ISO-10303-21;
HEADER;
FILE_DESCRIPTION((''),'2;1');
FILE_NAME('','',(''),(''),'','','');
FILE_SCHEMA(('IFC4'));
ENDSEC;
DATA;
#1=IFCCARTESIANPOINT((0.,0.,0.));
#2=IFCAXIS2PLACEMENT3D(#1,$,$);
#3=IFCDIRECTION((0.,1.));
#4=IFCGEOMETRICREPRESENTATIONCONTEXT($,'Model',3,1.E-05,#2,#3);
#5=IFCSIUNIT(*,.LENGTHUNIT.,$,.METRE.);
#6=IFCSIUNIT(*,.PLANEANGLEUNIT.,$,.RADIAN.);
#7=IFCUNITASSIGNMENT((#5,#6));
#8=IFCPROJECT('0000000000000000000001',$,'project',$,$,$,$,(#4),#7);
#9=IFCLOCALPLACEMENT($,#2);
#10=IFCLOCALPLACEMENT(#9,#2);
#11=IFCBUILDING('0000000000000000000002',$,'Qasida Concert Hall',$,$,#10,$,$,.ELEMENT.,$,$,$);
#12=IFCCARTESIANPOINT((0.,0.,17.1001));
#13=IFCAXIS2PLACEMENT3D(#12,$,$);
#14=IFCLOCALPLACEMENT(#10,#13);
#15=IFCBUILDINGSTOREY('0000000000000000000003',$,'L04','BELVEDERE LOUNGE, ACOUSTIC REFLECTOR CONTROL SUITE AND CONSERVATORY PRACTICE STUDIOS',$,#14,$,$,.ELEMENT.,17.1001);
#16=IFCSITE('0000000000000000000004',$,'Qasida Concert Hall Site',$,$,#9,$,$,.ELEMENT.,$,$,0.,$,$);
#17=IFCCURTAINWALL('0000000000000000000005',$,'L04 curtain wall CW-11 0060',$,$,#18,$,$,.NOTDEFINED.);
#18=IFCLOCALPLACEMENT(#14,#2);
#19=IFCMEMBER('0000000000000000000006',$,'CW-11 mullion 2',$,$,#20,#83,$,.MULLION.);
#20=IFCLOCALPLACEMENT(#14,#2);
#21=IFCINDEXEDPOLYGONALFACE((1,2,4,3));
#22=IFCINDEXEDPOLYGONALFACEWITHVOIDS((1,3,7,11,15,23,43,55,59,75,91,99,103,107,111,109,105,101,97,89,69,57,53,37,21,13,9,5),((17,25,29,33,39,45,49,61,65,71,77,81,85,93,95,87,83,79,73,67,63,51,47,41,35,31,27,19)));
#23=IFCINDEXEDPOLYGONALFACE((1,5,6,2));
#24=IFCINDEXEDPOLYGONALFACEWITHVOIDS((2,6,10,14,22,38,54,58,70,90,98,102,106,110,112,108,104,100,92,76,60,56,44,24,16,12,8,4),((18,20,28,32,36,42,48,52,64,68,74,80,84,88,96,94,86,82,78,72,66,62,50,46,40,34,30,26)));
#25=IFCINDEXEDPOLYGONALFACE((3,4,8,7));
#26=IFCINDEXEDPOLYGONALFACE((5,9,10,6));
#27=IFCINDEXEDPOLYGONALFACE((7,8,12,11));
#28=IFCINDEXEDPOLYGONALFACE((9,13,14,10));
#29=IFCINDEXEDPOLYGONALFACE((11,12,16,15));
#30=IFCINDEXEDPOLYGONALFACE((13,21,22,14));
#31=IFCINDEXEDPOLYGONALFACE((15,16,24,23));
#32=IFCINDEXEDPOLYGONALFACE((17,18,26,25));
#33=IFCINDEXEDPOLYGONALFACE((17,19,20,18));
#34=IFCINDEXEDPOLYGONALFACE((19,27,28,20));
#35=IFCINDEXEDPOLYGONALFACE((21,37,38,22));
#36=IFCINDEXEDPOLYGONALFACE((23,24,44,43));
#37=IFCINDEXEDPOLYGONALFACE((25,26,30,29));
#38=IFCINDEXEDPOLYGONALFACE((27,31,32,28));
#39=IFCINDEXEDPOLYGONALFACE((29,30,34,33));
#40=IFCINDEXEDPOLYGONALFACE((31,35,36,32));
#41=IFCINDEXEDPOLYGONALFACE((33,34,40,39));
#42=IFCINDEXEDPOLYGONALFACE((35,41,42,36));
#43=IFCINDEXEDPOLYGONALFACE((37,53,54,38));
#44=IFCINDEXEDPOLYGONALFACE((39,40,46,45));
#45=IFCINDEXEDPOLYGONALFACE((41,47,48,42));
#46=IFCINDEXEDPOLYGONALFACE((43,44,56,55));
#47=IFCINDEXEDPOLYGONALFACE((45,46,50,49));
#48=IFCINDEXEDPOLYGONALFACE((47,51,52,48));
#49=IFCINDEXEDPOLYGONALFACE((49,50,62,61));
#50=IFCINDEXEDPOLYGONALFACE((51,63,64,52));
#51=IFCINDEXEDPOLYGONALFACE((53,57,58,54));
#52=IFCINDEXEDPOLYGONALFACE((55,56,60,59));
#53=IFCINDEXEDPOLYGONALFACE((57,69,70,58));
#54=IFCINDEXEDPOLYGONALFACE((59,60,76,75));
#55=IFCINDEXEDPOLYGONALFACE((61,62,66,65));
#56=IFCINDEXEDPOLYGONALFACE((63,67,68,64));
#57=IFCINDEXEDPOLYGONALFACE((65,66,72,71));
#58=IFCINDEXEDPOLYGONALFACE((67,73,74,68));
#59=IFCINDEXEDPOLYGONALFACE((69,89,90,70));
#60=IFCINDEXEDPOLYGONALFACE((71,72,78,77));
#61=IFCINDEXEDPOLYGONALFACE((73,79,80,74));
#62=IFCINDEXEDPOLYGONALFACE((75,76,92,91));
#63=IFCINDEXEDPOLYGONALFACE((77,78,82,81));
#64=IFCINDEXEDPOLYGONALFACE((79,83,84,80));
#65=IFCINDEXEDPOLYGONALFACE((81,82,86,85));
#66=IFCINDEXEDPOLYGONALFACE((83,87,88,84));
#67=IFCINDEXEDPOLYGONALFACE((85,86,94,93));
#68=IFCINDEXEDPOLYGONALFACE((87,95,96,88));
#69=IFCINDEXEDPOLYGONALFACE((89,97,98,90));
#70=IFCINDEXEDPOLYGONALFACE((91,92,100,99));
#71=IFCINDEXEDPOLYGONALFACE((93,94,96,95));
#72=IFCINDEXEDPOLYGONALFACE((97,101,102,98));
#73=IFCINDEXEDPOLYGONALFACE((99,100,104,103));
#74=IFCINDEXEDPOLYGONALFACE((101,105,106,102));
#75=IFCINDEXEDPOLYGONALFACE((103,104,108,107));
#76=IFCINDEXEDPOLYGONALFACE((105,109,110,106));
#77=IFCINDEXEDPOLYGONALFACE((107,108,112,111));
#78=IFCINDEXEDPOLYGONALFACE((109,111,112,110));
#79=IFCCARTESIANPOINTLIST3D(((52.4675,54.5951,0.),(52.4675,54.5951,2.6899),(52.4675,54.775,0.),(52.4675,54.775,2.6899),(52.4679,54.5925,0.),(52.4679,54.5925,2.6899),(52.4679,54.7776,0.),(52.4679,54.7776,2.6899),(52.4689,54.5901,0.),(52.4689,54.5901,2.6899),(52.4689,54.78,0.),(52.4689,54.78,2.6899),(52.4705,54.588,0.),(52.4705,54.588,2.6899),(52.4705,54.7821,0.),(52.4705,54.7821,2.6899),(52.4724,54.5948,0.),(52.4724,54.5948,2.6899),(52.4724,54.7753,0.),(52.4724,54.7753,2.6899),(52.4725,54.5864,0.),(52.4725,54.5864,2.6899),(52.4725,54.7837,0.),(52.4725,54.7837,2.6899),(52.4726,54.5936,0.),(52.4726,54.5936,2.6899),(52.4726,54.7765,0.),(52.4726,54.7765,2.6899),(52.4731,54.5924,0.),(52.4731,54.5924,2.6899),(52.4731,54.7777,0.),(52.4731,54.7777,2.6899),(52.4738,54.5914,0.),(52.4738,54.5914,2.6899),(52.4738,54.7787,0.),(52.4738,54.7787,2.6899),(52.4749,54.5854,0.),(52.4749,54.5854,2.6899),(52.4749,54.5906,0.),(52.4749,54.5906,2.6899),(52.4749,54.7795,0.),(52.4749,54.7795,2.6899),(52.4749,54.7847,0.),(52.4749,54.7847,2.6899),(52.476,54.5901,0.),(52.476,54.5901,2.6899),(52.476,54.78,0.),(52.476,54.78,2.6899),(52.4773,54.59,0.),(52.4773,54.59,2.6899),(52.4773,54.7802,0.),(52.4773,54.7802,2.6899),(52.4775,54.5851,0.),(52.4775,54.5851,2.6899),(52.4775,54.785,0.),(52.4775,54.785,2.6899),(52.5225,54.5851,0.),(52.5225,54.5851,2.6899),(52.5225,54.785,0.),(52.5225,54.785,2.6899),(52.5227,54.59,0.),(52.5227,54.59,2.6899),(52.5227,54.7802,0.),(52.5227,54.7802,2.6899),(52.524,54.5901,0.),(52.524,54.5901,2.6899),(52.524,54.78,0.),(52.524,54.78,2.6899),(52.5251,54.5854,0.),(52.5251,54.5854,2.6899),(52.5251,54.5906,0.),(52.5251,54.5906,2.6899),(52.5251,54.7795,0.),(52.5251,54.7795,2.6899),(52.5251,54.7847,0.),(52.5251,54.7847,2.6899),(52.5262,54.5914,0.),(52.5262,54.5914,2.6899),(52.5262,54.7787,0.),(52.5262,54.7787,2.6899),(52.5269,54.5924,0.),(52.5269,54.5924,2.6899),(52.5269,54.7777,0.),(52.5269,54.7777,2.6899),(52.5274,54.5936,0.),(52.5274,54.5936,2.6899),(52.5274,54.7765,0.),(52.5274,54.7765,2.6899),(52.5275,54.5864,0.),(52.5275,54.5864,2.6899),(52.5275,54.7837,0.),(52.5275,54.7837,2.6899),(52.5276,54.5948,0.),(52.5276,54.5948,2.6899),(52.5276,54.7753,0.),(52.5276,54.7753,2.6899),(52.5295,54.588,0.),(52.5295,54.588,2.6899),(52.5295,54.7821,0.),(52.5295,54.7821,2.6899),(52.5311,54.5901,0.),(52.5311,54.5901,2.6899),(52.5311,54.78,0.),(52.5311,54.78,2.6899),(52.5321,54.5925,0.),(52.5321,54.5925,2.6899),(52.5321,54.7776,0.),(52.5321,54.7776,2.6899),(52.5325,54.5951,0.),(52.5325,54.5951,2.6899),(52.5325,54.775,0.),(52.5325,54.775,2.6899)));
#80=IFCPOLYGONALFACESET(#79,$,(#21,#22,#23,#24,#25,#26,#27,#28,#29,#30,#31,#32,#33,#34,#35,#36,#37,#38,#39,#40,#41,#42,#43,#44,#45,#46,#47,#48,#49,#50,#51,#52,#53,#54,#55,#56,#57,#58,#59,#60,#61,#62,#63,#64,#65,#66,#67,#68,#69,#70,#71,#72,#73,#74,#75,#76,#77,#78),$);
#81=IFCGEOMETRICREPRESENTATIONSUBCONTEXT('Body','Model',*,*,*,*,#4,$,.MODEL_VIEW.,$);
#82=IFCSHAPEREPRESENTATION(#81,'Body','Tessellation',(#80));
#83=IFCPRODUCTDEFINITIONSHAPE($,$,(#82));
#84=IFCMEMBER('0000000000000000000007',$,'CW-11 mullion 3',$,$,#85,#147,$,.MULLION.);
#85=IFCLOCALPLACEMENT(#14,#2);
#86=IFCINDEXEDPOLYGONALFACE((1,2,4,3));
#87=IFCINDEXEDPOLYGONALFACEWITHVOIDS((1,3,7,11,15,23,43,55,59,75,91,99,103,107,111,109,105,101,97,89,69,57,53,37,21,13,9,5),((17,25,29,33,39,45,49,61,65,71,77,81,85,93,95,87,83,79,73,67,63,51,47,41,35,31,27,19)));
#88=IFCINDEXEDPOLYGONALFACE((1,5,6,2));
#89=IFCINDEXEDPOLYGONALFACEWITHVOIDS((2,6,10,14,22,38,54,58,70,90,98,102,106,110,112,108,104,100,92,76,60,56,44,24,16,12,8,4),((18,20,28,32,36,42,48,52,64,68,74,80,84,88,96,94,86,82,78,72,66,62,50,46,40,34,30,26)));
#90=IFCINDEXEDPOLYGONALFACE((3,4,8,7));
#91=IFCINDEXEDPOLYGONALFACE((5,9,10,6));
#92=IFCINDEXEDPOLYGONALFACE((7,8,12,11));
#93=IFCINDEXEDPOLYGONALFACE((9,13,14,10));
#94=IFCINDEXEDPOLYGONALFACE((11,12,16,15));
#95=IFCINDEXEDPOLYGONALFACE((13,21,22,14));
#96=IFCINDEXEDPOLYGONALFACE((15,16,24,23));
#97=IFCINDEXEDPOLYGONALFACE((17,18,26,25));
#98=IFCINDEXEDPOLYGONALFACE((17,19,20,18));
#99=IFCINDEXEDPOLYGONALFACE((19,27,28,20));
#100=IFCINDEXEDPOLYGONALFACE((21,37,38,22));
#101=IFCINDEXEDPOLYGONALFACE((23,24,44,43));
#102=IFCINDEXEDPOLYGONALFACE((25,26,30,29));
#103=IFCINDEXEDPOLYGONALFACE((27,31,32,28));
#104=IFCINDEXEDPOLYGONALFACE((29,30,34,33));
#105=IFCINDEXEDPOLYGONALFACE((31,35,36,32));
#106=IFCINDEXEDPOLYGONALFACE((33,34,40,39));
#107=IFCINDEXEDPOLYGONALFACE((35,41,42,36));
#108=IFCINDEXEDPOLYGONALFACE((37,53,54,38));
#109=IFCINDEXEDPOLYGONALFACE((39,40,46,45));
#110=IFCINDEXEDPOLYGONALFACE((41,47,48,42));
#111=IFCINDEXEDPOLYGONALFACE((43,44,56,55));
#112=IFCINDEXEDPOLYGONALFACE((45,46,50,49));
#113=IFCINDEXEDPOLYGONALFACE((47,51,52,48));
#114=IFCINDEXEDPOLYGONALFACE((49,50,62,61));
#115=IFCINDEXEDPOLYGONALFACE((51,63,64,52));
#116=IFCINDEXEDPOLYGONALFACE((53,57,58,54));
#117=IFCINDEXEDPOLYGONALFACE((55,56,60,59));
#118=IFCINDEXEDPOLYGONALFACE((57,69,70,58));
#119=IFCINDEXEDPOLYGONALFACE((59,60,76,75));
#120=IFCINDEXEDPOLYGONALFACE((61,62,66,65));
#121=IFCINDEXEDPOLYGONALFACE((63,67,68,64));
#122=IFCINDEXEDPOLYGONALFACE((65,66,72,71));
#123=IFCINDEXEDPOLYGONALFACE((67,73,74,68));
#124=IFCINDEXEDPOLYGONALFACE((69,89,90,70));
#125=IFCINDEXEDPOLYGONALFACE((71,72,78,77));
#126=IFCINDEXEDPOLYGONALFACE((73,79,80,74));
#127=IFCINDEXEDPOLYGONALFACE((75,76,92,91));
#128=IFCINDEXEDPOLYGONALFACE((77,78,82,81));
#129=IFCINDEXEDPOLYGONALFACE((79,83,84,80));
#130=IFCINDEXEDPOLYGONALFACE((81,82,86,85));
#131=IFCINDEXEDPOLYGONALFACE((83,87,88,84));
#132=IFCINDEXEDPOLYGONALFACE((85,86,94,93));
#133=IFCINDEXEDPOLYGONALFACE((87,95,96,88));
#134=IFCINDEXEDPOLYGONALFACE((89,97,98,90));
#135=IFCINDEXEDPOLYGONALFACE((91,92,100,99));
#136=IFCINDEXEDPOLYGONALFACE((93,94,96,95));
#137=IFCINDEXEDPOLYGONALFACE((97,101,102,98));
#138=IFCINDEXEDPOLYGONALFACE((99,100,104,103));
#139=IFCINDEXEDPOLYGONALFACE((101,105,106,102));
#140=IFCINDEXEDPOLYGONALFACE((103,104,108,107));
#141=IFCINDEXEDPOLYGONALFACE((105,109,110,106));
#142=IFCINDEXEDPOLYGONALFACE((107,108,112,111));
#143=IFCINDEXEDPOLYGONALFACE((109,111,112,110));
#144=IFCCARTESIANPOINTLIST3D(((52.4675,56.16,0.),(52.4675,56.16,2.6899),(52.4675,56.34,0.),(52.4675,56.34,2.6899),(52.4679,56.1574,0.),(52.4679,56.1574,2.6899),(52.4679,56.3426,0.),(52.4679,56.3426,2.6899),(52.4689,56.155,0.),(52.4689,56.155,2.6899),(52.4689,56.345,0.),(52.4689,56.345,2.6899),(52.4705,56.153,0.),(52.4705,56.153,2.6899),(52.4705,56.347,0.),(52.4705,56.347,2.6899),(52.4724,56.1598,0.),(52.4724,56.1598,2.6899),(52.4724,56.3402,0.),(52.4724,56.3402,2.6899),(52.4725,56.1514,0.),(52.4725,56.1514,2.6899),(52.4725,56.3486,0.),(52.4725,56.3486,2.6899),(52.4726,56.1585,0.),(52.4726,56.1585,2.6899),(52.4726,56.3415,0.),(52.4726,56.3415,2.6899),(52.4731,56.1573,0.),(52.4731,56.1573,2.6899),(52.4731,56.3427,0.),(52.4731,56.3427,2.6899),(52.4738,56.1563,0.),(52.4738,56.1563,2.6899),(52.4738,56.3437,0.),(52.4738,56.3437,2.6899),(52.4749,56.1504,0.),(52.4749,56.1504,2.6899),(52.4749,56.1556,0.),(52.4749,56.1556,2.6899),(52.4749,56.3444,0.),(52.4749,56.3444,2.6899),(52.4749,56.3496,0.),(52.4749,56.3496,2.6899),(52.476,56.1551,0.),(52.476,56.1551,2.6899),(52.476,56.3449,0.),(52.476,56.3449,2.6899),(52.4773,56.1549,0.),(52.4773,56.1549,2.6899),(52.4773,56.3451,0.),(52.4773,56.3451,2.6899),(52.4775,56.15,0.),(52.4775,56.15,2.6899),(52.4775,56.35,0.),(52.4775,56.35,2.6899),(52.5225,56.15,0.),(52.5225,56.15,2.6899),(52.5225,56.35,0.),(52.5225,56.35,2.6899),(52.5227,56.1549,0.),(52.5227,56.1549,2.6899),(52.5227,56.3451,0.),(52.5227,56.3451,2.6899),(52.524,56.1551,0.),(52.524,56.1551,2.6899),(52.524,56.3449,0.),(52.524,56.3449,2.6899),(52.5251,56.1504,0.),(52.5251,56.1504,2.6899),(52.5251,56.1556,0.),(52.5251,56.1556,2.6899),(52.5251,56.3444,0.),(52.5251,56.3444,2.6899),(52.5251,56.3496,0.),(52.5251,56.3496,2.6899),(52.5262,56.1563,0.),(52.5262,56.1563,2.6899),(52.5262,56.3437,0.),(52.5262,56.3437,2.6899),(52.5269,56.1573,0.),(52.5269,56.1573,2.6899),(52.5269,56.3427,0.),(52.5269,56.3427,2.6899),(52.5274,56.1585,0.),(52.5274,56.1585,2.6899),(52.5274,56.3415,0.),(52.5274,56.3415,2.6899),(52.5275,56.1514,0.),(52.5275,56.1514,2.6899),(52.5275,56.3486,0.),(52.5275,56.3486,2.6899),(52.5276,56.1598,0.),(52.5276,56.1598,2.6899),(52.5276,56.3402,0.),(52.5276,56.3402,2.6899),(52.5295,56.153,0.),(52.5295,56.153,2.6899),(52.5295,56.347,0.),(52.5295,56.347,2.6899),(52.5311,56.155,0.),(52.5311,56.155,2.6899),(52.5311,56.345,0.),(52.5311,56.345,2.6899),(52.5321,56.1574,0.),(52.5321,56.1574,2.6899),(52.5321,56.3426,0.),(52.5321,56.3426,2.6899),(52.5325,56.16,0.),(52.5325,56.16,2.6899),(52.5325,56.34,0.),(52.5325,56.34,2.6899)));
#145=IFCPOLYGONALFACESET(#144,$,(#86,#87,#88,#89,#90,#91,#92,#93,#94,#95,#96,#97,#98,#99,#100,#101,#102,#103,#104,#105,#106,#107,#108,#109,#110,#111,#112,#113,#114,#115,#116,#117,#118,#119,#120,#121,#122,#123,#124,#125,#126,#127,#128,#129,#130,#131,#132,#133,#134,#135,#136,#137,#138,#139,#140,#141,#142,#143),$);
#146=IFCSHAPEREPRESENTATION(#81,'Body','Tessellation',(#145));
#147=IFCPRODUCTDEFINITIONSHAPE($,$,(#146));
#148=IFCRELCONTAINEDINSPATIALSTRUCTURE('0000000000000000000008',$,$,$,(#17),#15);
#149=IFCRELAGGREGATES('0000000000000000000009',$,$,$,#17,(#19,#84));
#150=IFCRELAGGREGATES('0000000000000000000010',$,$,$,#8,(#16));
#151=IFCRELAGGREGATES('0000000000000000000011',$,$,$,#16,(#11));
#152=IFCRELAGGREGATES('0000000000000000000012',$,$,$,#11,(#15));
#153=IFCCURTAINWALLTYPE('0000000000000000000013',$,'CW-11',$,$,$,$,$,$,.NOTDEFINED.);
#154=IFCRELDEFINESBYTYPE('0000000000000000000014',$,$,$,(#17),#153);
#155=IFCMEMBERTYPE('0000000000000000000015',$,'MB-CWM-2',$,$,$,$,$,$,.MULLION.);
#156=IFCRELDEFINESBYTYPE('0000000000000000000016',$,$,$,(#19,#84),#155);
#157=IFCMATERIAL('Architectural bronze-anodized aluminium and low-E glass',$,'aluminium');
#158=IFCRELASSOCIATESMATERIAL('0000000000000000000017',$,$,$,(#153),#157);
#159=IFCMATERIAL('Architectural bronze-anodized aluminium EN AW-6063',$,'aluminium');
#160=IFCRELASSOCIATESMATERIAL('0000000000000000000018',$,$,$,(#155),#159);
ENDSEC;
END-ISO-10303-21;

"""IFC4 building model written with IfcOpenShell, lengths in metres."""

from ifc_helpers import new_model, si_unit, direction, frame, origin, origin_2d, place, context, subcontext, project, spatial, hollow_rectangle, extrude, material, material_profile, profile_set, type_object, element, aggregate, save


model = new_model("IFC4")

# Units and contexts
model_context = context("Model", 3, precision=1e-05, world=origin(), true_north=direction((0.0, 1.0)))
body_context = subcontext(model_context, "Body", "Model", "MODEL_VIEW")
ifc_project = project(units=[si_unit("LENGTHUNIT", "METRE"), si_unit("PLANEANGLEUNIT", "RADIAN")], contexts=[model_context])

# Site, building, storey
site_placement = place(None, origin())
site = spatial("IfcSite", under=ifc_project, at=site_placement, Name="Qasida Concert Hall Site", CompositionType="ELEMENT", RefElevation=0.0)
building_placement = place(site_placement, origin())
building = spatial("IfcBuilding", under=site, at=building_placement, Name="Qasida Concert Hall", CompositionType="ELEMENT")
storey_placement = place(building_placement, frame((0.0, 0.0, 17.1001)))
storey = spatial("IfcBuildingStorey", under=building, at=storey_placement, Name="L04", Description="BELVEDERE LOUNGE, ACOUSTIC REFLECTOR CONTROL SUITE AND CONSERVATORY PRACTICE STUDIOS", CompositionType="ELEMENT", Elevation=17.1001)

# Curtain wall, members
ifc_material_1 = material(Name="Architectural bronze-anodized aluminium and low-E glass", Category="aluminium")
curtain_wall_type = type_object("IfcCurtainWallType", Name="CW-11", PredefinedType="NOTDEFINED", material=ifc_material_1)
curtain_wall_placement = place(storey_placement, origin())
curtain_wall = element("IfcCurtainWall", 1, at=curtain_wall_placement, inside=storey, type_object=curtain_wall_type, Name="L04 curtain wall CW-11 0060", PredefinedType="NOTDEFINED")
ifc_material_2 = material(Name="Architectural bronze-anodized aluminium EN AW-6063", Category="aluminium")
ifc_material_profile_1 = material_profile(ifc_material_2, hollow_rectangle(XDim=0.0649, YDim=0.2, WallThickness=0.0049, InnerFilletRadius=0.0049, OuterFilletRadius=0.01, at=origin_2d()), Name="CWM 200x65x5")
ifc_profile_set_1 = profile_set([ifc_material_profile_1], Name="Architectural bronze-anodized aluminium EN AW-6063")
member_type_1 = type_object("IfcMemberType", Name="MB-CWM-2", PredefinedType="MULLION", material=ifc_profile_set_1)
member_1_placement = place(storey_placement, frame((52.5, 54.6851, 0.0), z_axis=(0.0, 0.0, 1.0), x_axis=(-1.0, 0.0, 0.0)))
member_1 = element("IfcMember", 2, at=member_1_placement, type_object=member_type_1, Name="CW-11 mullion 2", PredefinedType="MULLION", context=body_context, shape_type="SweptSolid", body=[
    extrude(hollow_rectangle(XDim=0.0649, YDim=0.2, WallThickness=0.0049, InnerFilletRadius=0.0049, OuterFilletRadius=0.01, at=origin_2d()), origin(), (0.0, 0.0, 1.0), 2.6899),
])
member_2_placement = place(storey_placement, frame((52.5, 56.25, 0.0), z_axis=(0.0, 0.0, 1.0), x_axis=(-1.0, 0.0, 0.0)))
member_2 = element("IfcMember", 3, at=member_2_placement, type_object=member_type_1, Name="CW-11 mullion 3", PredefinedType="MULLION", context=body_context, shape_type="SweptSolid", body=[
    extrude(hollow_rectangle(XDim=0.0649, YDim=0.2, WallThickness=0.0049, InnerFilletRadius=0.0049, OuterFilletRadius=0.01, at=origin_2d()), origin(), (0.0, 0.0, 1.0), 2.6899),
])
aggregate(curtain_wall, [member_1, member_2])

save(model, "model.ifc")
